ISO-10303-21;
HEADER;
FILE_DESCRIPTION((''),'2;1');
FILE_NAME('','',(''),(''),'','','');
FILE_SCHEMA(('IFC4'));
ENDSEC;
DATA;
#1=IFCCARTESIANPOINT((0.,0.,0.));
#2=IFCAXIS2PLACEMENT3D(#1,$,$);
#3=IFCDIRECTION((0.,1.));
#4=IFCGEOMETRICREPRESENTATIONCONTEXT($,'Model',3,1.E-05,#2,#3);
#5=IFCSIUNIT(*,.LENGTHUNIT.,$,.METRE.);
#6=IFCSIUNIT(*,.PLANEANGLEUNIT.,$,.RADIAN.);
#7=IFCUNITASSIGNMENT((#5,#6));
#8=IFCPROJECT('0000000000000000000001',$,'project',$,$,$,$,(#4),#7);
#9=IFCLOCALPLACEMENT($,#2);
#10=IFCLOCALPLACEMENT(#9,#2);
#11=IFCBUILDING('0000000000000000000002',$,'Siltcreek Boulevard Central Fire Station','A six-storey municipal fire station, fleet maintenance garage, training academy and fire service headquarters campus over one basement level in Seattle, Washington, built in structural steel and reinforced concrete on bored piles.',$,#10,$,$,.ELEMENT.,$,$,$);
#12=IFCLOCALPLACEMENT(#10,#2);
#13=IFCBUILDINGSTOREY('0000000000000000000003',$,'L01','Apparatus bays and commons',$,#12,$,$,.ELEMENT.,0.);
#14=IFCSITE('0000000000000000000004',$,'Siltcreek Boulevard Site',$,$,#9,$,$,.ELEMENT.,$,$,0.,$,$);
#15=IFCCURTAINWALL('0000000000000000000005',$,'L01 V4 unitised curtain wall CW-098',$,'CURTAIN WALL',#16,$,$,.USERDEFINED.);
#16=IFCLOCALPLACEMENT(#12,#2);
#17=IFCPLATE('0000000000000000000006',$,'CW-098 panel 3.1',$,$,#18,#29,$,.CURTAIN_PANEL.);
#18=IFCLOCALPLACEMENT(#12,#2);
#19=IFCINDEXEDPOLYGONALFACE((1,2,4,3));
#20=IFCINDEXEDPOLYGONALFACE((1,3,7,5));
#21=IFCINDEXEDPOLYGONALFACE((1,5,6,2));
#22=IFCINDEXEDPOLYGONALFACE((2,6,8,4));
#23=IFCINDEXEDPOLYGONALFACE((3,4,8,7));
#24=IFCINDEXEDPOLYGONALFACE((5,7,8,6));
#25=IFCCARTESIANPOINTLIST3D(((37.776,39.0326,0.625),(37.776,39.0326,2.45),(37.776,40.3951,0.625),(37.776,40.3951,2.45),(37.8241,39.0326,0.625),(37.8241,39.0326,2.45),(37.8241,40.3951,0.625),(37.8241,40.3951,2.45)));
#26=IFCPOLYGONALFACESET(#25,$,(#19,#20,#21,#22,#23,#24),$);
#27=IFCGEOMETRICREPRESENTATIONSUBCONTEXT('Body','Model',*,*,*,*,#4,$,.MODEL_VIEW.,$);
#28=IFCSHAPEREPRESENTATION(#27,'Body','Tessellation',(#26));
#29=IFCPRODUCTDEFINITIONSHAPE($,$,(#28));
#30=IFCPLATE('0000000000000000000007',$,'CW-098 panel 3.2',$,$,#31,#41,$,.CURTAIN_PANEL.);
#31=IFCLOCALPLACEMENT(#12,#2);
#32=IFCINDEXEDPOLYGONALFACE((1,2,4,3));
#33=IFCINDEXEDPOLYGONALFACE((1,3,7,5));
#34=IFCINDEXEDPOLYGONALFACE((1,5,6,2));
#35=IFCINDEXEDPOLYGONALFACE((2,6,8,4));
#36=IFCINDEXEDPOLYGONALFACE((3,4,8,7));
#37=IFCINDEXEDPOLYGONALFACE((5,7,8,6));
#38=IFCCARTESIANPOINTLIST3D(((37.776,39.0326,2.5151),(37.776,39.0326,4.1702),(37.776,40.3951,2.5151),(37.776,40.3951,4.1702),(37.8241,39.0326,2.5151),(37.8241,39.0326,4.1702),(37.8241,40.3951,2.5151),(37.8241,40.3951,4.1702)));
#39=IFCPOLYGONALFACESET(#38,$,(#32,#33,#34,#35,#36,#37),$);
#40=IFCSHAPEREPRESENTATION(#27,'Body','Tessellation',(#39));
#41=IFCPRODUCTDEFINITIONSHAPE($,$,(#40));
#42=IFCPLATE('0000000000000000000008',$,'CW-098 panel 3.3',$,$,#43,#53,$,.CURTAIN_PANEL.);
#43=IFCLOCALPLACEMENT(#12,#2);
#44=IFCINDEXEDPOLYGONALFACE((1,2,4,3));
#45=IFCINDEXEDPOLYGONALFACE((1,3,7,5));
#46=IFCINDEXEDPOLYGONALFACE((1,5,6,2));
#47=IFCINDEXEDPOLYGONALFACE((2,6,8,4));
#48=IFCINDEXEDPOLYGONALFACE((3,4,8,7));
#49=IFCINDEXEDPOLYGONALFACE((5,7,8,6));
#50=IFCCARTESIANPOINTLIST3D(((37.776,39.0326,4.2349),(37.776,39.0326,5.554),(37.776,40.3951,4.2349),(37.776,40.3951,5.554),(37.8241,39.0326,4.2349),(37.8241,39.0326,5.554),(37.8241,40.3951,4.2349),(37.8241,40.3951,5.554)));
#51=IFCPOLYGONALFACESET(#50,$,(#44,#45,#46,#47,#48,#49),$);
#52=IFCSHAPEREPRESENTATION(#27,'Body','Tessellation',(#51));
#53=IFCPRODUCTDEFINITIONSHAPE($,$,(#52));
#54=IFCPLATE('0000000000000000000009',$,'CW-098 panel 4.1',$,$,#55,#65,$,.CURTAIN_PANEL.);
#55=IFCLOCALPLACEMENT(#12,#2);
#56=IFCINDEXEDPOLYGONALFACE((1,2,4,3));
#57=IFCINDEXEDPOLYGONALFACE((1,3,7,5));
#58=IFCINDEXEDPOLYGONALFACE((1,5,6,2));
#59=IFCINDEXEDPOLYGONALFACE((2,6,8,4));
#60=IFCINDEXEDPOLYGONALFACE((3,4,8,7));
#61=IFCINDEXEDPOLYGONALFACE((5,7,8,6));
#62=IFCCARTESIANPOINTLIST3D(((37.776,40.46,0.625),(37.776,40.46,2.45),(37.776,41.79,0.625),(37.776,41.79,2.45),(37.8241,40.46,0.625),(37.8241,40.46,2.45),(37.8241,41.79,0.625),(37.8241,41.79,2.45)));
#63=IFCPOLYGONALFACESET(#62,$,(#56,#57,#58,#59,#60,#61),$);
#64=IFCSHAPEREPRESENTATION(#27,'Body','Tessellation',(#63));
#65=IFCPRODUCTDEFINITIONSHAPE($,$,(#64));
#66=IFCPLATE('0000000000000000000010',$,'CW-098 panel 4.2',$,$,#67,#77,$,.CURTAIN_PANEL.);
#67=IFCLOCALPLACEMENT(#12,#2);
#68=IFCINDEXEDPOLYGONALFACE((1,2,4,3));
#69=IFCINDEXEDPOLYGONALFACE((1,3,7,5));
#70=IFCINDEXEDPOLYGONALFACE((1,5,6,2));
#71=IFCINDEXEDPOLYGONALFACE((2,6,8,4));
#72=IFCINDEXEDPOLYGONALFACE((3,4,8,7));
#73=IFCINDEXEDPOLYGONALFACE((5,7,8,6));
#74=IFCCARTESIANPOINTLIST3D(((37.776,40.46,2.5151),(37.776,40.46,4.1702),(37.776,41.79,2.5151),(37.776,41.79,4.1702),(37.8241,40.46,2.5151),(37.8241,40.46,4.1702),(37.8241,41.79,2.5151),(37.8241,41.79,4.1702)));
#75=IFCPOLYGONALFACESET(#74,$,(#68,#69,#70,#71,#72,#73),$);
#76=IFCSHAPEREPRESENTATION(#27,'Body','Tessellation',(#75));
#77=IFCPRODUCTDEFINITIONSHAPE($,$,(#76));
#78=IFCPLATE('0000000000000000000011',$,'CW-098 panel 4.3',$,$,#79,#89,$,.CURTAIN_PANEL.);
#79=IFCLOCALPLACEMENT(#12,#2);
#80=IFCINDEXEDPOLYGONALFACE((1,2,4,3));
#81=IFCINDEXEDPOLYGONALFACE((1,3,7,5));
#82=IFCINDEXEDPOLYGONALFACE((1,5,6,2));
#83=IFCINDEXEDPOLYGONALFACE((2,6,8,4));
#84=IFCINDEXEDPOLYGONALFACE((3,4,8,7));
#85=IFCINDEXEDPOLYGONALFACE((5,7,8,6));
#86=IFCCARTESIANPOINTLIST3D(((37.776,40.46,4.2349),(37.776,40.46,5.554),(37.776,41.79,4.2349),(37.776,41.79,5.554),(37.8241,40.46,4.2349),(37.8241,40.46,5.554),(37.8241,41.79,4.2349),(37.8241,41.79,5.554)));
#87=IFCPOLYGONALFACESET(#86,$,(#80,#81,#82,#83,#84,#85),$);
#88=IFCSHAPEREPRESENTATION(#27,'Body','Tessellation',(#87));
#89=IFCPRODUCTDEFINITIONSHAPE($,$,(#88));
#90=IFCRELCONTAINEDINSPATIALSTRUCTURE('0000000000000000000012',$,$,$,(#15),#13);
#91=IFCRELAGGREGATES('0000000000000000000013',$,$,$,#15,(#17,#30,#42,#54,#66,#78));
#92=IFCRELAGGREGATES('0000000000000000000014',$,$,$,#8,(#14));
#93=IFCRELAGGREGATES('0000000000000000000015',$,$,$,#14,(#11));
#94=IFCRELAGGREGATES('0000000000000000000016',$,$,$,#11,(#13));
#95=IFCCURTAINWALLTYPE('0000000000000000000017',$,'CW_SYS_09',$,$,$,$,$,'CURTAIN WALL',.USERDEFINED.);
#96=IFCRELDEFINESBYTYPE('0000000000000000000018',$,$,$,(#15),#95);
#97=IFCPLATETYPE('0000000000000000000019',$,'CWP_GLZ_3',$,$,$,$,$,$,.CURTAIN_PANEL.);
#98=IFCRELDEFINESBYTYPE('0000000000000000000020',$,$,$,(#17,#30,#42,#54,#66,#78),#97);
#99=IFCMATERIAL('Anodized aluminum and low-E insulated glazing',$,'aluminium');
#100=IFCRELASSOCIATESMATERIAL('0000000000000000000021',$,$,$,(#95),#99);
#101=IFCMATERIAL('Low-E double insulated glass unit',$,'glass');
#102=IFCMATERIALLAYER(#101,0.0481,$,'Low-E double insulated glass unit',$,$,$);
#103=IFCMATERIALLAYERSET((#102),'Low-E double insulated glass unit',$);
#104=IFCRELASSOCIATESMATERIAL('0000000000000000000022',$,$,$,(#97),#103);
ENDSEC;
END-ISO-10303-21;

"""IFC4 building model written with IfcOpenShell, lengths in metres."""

from ifc_helpers import new_model, si_unit, direction, frame, origin, origin_2d, place, context, subcontext, project, spatial, rectangle, extrude, material, layer, layer_set, type_object, element, aggregate, save


model = new_model("IFC4")

# Units and contexts
model_context = context("Model", 3, precision=1e-05, world=origin(), true_north=direction((0.0, 1.0)))
body_context = subcontext(model_context, "Body", "Model", "MODEL_VIEW")
ifc_project = project(units=[si_unit("LENGTHUNIT", "METRE"), si_unit("PLANEANGLEUNIT", "RADIAN")], contexts=[model_context])

# Site, building, storey
site_placement = place(None, origin())
site = spatial("IfcSite", under=ifc_project, at=site_placement, Name="Siltcreek Boulevard Site", CompositionType="ELEMENT", RefElevation=0.0)
building_placement = place(site_placement, origin())
building = spatial("IfcBuilding", under=site, at=building_placement, Name="Siltcreek Boulevard Central Fire Station", Description="A six-storey municipal fire station, fleet maintenance garage, training academy and fire service headquarters campus over one basement level in Seattle, Washington, built in structural steel and reinforced concrete on bored piles.", CompositionType="ELEMENT")
storey_placement = place(building_placement, origin())
storey = spatial("IfcBuildingStorey", under=building, at=storey_placement, Name="L01", Description="Apparatus bays and commons", CompositionType="ELEMENT", Elevation=0.0)

# Curtain wall
ifc_material_1 = material(Name="Anodized aluminum and low-E insulated glazing", Category="aluminium")
curtain_wall_type = type_object("IfcCurtainWallType", Name="CW_SYS_09", ElementType="CURTAIN WALL", PredefinedType="USERDEFINED", material=ifc_material_1)
curtain_wall_placement = place(storey_placement, origin())
curtain_wall = element("IfcCurtainWall", 1, at=curtain_wall_placement, inside=storey, type_object=curtain_wall_type, Name="L01 V4 unitised curtain wall CW-098", ObjectType="CURTAIN WALL", PredefinedType="USERDEFINED")

# Plates
ifc_material_2 = material(Name="Low-E double insulated glass unit", Category="glass")
ifc_layer = layer(ifc_material_2, 0.0481, Name="Low-E double insulated glass unit")
ifc_layer_set = layer_set([ifc_layer], Name="Low-E double insulated glass unit")
plate_type = type_object("IfcPlateType", Name="CWP_GLZ_3", PredefinedType="CURTAIN_PANEL", material=ifc_layer_set)
plate_1_placement = place(storey_placement, frame((37.8, 39.7139, 0.625), z_axis=(0.0, 0.0, 1.0), x_axis=(0.0, 1.0, 0.0)))
plate_1 = element("IfcPlate", 2, at=plate_1_placement, type_object=plate_type, Name="CW-098 panel 3.1", PredefinedType="CURTAIN_PANEL", context=body_context, shape_type="SweptSolid", body=[
    extrude(rectangle(XDim=1.3625, YDim=0.0481, at=origin_2d()), origin(), (0.0, 0.0, 1.0), 1.825),
])
plate_2_placement = place(storey_placement, frame((37.8, 39.7139, 2.5151), z_axis=(0.0, 0.0, 1.0), x_axis=(0.0, 1.0, 0.0)))
plate_2 = element("IfcPlate", 3, at=plate_2_placement, type_object=plate_type, Name="CW-098 panel 3.2", PredefinedType="CURTAIN_PANEL", context=body_context, shape_type="SweptSolid", body=[
    extrude(rectangle(XDim=1.3625, YDim=0.0481, at=origin_2d()), origin(), (0.0, 0.0, 1.0), 1.655),
])
plate_3_placement = place(storey_placement, frame((37.8, 39.7139, 4.2349), z_axis=(0.0, 0.0, 1.0), x_axis=(0.0, 1.0, 0.0)))
plate_3 = element("IfcPlate", 4, at=plate_3_placement, type_object=plate_type, Name="CW-098 panel 3.3", PredefinedType="CURTAIN_PANEL", context=body_context, shape_type="SweptSolid", body=[
    extrude(rectangle(XDim=1.3625, YDim=0.0481, at=origin_2d()), origin(), (0.0, 0.0, 1.0), 1.3191),
])
plate_4_placement = place(storey_placement, frame((37.8, 41.125, 0.625), z_axis=(0.0, 0.0, 1.0), x_axis=(0.0, 1.0, 0.0)))
plate_4 = element("IfcPlate", 5, at=plate_4_placement, type_object=plate_type, Name="CW-098 panel 4.1", PredefinedType="CURTAIN_PANEL", context=body_context, shape_type="SweptSolid", body=[
    extrude(rectangle(XDim=1.3301, YDim=0.0481, at=origin_2d()), origin(), (0.0, 0.0, 1.0), 1.825),
])
plate_5_placement = place(storey_placement, frame((37.8, 41.125, 2.5151), z_axis=(0.0, 0.0, 1.0), x_axis=(0.0, 1.0, 0.0)))
plate_5 = element("IfcPlate", 6, at=plate_5_placement, type_object=plate_type, Name="CW-098 panel 4.2", PredefinedType="CURTAIN_PANEL", context=body_context, shape_type="SweptSolid", body=[
    extrude(rectangle(XDim=1.3301, YDim=0.0481, at=origin_2d()), origin(), (0.0, 0.0, 1.0), 1.655),
])
plate_6_placement = place(storey_placement, frame((37.8, 41.125, 4.2349), z_axis=(0.0, 0.0, 1.0), x_axis=(0.0, 1.0, 0.0)))
plate_6 = element("IfcPlate", 7, at=plate_6_placement, type_object=plate_type, Name="CW-098 panel 4.3", PredefinedType="CURTAIN_PANEL", context=body_context, shape_type="SweptSolid", body=[
    extrude(rectangle(XDim=1.3301, YDim=0.0481, at=origin_2d()), origin(), (0.0, 0.0, 1.0), 1.3191),
])
aggregate(curtain_wall, [plate_1, plate_2, plate_3, plate_4, plate_5, plate_6])

save(model, "model.ifc")
